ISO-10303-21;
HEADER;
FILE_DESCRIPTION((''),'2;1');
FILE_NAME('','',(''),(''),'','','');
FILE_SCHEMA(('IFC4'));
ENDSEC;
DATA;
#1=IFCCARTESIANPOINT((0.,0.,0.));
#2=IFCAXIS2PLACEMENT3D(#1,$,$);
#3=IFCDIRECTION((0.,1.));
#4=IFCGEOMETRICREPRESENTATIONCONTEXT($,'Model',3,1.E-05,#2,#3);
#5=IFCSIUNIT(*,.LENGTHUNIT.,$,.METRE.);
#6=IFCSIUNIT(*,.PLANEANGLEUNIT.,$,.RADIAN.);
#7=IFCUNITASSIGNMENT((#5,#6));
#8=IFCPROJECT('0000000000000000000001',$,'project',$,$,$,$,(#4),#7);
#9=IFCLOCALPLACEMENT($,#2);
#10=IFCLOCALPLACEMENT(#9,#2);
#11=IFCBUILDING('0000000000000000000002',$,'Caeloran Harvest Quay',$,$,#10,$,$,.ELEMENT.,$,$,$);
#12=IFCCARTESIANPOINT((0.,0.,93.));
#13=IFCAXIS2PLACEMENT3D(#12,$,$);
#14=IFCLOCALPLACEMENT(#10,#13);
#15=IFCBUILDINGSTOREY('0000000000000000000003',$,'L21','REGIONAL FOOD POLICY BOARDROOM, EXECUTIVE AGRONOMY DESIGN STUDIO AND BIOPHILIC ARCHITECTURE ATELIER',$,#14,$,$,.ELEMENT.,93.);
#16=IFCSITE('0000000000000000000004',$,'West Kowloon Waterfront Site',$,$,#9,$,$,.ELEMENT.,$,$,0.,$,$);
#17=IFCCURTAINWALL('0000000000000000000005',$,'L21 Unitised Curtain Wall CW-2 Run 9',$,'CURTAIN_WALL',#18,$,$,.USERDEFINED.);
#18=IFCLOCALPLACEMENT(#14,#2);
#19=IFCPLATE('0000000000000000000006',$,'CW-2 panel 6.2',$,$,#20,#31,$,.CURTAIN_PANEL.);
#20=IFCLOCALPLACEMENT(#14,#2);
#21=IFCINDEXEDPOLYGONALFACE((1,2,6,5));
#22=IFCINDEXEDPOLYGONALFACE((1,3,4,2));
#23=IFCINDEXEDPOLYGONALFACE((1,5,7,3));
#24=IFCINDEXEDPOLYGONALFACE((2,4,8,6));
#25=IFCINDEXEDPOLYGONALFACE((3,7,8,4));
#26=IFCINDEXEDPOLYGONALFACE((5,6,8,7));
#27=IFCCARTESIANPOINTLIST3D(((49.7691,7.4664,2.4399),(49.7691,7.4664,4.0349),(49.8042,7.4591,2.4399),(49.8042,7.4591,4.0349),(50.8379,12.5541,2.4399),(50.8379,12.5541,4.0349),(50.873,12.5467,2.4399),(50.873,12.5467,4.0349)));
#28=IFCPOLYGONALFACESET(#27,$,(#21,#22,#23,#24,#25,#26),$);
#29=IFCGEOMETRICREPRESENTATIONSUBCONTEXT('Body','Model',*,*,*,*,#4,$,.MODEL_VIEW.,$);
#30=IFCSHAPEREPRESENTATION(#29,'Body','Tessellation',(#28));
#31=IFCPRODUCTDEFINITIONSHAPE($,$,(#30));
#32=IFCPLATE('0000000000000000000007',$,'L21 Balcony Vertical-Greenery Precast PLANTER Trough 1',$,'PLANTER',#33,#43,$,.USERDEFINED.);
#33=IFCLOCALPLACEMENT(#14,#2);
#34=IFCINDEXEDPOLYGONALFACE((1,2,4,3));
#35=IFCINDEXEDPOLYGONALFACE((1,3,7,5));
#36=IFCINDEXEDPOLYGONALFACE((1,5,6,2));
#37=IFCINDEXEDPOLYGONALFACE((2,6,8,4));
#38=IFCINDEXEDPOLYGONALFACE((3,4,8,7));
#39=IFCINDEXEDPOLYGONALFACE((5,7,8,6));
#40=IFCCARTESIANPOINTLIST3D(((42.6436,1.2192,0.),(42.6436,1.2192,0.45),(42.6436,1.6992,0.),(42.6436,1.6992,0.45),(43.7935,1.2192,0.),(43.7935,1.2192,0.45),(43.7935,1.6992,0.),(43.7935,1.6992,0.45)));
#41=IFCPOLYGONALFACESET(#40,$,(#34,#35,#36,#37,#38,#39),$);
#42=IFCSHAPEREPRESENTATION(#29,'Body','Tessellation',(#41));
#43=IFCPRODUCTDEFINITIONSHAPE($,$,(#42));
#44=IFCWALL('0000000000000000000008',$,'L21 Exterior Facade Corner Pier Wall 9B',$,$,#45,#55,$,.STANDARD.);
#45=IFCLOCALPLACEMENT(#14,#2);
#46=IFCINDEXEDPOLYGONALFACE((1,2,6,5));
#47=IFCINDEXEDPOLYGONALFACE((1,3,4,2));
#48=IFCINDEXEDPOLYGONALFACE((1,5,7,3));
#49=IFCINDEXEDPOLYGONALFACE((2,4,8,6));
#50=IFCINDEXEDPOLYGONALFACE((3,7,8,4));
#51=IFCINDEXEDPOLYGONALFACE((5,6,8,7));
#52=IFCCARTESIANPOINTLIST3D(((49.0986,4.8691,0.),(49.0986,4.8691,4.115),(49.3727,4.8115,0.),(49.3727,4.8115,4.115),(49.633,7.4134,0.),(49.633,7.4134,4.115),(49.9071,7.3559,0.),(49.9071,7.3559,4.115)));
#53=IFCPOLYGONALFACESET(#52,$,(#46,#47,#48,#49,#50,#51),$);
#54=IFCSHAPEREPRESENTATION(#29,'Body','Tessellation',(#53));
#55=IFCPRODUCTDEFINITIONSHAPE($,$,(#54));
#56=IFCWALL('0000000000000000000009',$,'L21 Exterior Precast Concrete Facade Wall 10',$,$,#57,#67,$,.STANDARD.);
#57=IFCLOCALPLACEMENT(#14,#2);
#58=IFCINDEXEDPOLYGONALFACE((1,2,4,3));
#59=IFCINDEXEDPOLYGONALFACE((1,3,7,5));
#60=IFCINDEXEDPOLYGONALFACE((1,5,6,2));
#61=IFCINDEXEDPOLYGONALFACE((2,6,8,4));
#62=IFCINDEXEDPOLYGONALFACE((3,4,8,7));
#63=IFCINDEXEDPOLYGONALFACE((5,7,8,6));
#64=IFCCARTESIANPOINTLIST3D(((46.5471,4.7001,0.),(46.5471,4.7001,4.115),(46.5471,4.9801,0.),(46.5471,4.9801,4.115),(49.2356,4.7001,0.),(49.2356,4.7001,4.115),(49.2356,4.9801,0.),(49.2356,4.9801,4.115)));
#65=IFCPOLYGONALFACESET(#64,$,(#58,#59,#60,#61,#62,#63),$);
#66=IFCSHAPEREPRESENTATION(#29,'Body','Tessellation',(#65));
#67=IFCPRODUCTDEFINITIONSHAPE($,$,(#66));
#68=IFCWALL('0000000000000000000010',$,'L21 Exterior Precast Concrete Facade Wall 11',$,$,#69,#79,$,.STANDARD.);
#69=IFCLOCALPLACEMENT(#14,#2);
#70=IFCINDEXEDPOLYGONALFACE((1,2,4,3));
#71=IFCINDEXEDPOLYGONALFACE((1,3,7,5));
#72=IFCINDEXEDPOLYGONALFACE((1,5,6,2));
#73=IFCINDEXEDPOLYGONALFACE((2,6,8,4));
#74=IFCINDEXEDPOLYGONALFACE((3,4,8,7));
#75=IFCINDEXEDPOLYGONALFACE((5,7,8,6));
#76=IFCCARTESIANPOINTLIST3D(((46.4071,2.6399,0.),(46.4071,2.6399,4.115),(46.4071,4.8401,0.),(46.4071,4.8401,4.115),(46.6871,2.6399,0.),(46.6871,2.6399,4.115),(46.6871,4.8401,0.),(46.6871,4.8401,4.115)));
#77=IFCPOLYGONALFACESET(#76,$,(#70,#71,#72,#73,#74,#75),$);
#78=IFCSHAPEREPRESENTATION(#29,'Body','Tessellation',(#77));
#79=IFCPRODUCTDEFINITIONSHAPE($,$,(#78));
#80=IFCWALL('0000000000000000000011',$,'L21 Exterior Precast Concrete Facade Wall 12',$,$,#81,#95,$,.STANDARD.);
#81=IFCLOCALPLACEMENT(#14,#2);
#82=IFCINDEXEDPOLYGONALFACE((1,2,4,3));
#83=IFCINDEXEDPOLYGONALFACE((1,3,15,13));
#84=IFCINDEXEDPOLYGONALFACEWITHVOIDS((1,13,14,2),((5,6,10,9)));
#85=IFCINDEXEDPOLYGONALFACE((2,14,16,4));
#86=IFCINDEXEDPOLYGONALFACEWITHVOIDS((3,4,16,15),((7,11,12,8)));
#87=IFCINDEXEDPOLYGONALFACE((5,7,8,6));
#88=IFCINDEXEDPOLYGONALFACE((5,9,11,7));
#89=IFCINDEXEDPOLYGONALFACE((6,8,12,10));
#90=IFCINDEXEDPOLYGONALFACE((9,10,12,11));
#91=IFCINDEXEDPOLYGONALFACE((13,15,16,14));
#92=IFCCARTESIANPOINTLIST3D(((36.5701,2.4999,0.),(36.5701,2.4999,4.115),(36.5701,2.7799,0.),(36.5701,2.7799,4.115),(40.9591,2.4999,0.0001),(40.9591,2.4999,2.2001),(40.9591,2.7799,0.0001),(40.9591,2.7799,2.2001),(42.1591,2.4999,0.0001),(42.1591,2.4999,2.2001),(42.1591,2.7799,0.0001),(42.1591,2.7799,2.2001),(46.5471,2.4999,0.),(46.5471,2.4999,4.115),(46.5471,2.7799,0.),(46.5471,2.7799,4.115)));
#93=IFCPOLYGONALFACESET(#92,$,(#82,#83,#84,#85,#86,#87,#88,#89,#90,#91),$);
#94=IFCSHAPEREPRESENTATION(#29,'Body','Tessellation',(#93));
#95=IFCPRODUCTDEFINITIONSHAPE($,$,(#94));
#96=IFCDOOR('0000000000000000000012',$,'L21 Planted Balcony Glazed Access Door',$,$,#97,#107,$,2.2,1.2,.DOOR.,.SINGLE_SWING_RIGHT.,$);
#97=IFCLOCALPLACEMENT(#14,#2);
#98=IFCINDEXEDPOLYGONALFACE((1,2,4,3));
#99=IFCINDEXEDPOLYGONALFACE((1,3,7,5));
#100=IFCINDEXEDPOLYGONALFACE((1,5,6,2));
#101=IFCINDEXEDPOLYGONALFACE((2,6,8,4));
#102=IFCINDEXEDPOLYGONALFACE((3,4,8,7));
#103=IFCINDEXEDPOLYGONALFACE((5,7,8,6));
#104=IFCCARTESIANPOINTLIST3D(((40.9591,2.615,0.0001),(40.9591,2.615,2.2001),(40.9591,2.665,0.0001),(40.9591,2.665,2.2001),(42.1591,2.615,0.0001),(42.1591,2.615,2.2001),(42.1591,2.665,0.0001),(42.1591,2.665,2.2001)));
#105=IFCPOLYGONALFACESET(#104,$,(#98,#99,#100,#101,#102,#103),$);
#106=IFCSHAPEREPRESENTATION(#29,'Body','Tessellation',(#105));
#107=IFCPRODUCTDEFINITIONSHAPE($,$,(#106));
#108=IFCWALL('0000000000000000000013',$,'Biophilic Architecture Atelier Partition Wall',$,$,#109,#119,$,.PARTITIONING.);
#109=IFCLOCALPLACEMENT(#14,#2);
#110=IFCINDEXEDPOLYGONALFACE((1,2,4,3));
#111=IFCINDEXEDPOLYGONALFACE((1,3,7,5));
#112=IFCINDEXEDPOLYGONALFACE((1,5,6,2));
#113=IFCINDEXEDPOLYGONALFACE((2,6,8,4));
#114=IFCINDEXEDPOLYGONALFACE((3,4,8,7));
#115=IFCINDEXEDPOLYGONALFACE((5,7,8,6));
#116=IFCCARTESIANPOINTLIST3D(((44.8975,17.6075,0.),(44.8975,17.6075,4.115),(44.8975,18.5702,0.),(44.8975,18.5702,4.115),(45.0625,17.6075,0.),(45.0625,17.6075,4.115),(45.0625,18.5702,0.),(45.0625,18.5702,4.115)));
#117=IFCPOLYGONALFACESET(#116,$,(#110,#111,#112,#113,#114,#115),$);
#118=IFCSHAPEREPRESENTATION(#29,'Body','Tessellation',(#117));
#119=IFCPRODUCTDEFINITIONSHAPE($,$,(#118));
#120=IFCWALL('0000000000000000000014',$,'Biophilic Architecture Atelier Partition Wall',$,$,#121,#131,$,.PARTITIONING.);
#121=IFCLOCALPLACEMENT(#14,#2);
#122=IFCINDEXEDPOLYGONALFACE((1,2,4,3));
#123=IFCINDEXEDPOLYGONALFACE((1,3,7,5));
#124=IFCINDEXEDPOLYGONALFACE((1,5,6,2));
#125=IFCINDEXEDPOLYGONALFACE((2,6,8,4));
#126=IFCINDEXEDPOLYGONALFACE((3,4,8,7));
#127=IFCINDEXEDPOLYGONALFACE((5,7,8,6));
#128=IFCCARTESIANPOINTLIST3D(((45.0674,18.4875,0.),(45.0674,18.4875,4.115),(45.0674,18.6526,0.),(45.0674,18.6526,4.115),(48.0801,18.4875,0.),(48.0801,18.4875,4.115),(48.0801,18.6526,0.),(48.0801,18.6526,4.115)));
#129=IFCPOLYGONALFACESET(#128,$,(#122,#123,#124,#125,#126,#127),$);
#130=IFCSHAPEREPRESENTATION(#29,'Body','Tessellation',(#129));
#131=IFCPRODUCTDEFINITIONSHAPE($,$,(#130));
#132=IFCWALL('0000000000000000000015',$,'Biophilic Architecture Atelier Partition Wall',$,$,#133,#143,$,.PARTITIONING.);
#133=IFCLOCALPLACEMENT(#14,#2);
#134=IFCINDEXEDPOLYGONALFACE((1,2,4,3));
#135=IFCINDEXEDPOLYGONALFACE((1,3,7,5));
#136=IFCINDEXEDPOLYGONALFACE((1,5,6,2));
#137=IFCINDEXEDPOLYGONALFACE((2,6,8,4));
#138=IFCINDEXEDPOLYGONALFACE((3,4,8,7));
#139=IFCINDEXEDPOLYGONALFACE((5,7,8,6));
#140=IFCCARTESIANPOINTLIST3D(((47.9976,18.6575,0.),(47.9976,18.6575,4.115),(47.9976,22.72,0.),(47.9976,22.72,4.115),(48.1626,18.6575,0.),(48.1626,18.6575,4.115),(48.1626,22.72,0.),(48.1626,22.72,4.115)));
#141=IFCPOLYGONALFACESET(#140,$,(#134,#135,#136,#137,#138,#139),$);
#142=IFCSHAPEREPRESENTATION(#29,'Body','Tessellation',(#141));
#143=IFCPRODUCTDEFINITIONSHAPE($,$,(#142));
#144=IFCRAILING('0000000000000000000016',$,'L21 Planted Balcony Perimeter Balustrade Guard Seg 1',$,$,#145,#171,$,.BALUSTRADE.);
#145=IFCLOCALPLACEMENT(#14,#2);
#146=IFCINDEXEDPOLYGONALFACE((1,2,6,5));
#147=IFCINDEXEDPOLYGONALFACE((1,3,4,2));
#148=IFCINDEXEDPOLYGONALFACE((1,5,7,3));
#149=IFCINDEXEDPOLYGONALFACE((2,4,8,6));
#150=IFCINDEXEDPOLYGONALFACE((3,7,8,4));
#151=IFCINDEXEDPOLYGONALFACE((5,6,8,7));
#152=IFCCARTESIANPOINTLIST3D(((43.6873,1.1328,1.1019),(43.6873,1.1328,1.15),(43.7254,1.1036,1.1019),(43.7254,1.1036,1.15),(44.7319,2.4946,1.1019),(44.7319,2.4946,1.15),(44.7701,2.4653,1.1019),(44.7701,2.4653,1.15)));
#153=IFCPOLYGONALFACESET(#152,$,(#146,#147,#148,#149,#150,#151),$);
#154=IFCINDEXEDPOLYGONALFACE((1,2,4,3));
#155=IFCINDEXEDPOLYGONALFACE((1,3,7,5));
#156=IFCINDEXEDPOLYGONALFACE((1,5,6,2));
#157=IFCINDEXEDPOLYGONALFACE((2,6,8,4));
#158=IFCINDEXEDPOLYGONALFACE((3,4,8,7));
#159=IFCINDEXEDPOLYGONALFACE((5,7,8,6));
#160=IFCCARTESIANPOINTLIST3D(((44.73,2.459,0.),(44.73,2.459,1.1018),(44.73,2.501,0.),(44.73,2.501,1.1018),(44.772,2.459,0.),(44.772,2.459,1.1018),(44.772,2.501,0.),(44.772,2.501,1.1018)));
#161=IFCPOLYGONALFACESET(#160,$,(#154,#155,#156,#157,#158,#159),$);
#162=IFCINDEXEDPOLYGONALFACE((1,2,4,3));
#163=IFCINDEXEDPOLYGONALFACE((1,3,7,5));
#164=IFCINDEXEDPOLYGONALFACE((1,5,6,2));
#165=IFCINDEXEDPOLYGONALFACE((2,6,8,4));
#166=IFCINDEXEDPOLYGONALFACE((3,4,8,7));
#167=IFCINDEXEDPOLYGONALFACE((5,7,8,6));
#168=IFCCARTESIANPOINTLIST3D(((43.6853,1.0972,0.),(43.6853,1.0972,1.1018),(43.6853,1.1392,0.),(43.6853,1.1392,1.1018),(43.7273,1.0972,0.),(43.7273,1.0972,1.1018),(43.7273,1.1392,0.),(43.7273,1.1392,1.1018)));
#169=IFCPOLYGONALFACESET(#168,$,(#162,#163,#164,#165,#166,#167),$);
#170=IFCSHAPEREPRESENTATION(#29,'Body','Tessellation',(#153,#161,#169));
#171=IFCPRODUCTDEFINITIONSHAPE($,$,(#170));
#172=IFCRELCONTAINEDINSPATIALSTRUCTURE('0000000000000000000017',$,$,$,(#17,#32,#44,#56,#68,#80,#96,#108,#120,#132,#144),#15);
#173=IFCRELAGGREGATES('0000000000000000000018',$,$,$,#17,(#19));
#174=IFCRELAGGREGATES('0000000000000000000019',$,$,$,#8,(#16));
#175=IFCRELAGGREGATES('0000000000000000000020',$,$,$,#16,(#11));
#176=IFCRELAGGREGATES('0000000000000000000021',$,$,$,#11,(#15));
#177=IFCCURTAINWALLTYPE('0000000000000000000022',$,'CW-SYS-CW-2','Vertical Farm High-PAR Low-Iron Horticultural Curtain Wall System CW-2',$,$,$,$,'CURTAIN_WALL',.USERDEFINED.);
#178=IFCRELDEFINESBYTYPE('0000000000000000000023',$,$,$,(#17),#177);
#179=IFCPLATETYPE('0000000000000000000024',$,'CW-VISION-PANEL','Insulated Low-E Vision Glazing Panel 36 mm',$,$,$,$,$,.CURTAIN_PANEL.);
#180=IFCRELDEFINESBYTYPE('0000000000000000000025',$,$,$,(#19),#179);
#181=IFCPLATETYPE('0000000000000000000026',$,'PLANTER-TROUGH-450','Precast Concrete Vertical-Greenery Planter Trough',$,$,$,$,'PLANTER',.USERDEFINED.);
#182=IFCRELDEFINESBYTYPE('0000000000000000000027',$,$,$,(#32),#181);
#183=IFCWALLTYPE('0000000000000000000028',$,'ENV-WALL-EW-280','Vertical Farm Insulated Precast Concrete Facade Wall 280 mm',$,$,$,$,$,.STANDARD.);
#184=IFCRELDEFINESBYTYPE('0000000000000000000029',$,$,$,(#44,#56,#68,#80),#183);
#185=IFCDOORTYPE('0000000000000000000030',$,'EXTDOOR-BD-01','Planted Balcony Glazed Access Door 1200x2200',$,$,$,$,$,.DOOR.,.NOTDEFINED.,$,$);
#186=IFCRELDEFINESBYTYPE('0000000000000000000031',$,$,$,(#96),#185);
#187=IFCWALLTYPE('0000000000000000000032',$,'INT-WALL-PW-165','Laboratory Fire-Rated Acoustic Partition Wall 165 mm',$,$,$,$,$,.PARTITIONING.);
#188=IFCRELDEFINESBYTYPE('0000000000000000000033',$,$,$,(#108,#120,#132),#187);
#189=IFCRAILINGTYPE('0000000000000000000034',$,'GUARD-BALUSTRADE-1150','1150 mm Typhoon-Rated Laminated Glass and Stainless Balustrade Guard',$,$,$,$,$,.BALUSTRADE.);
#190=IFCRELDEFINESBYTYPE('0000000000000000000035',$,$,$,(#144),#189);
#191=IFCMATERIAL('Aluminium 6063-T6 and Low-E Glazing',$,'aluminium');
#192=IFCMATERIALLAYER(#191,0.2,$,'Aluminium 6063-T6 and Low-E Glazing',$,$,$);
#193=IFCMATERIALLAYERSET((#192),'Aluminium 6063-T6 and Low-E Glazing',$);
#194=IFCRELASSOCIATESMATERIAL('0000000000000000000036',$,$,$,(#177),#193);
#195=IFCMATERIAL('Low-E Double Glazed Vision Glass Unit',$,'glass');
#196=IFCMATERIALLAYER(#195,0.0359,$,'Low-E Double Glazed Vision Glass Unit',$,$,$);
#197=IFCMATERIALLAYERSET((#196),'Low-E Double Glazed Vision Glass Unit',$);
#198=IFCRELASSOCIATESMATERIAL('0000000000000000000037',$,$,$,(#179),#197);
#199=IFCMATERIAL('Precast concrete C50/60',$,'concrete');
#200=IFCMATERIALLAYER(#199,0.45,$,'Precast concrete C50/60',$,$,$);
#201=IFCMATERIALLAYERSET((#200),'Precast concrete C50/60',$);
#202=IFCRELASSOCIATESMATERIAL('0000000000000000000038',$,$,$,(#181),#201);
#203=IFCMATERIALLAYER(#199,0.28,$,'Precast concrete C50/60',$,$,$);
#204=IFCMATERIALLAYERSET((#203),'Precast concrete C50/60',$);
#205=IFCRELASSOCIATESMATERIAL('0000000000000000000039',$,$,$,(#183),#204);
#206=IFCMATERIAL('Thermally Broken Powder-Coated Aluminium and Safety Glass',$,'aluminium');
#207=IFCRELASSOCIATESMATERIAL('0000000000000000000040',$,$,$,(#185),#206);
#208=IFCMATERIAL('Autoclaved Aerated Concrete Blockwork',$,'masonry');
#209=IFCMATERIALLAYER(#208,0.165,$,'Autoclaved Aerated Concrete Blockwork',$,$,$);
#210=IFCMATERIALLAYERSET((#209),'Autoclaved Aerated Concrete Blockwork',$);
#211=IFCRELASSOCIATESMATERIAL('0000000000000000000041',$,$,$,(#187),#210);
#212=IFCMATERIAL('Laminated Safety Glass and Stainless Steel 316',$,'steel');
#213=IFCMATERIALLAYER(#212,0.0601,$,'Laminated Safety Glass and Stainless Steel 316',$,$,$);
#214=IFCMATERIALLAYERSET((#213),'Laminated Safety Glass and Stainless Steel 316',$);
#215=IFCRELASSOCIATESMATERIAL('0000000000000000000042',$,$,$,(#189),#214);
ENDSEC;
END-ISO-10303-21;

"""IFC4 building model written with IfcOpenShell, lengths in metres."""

from ifc_helpers import new_model, si_unit, direction, frame, frame_2d, origin, origin_2d, place, context, subcontext, project, spatial, rectangle, extrude, material, layer, layer_set, type_object, element, fill, aggregate, save


model = new_model("IFC4")

# Units and contexts
model_context = context("Model", 3, precision=1e-05, world=origin(), true_north=direction((0.0, 1.0)))
body_context = subcontext(model_context, "Body", "Model", "MODEL_VIEW")
ifc_project = project(units=[si_unit("LENGTHUNIT", "METRE"), si_unit("PLANEANGLEUNIT", "RADIAN")], contexts=[model_context])

# Site, building, storey
site_placement = place(None, origin())
site = spatial("IfcSite", under=ifc_project, at=site_placement, Name="West Kowloon Waterfront Site", CompositionType="ELEMENT", RefElevation=0.0)
building_placement = place(site_placement, origin())
building = spatial("IfcBuilding", under=site, at=building_placement, Name="Caeloran Harvest Quay", CompositionType="ELEMENT")
storey_placement = place(building_placement, frame((0.0, 0.0, 93.0)))
storey = spatial("IfcBuildingStorey", under=building, at=storey_placement, Name="L21", Description="REGIONAL FOOD POLICY BOARDROOM, EXECUTIVE AGRONOMY DESIGN STUDIO AND BIOPHILIC ARCHITECTURE ATELIER", CompositionType="ELEMENT", Elevation=93.0)

# Curtain wall, plate
ifc_material_1 = material(Name="Aluminium 6063-T6 and Low-E Glazing", Category="aluminium")
ifc_layer_1 = layer(ifc_material_1, 0.2, Name="Aluminium 6063-T6 and Low-E Glazing")
ifc_layer_set_1 = layer_set([ifc_layer_1], Name="Aluminium 6063-T6 and Low-E Glazing")
curtain_wall_type = type_object("IfcCurtainWallType", Name="CW-SYS-CW-2", Description="Vertical Farm High-PAR Low-Iron Horticultural Curtain Wall System CW-2", ElementType="CURTAIN_WALL", PredefinedType="USERDEFINED", material=ifc_layer_set_1)
curtain_wall_placement = place(storey_placement, origin())
curtain_wall = element("IfcCurtainWall", 1, at=curtain_wall_placement, inside=storey, type_object=curtain_wall_type, Name="L21 Unitised Curtain Wall CW-2 Run 9", ObjectType="CURTAIN_WALL", PredefinedType="USERDEFINED")
ifc_material_2 = material(Name="Low-E Double Glazed Vision Glass Unit", Category="glass")
ifc_layer_2 = layer(ifc_material_2, 0.0359, Name="Low-E Double Glazed Vision Glass Unit")
ifc_layer_set_2 = layer_set([ifc_layer_2], Name="Low-E Double Glazed Vision Glass Unit")
plate_type_1 = type_object("IfcPlateType", Name="CW-VISION-PANEL", Description="Insulated Low-E Vision Glazing Panel 36 mm", PredefinedType="CURTAIN_PANEL", material=ifc_layer_set_2)
plate_1_placement = place(storey_placement, frame((50.321, 10.0066, 2.4399), z_axis=(0.0, 0.0, 1.0), x_axis=(-0.205583, -0.97864, 0.0)))
plate_1 = element("IfcPlate", 2, at=plate_1_placement, type_object=plate_type_1, Name="CW-2 panel 6.2", PredefinedType="CURTAIN_PANEL", context=body_context, shape_type="SweptSolid", body=[
    extrude(rectangle(XDim=5.1987, YDim=0.0359, at=origin_2d()), origin(), (0.0, 0.0, 1.0), 1.595),
])
aggregate(curtain_wall, [plate_1])

# Plate
ifc_material_3 = material(Name="Precast concrete C50/60", Category="concrete")
ifc_layer_3 = layer(ifc_material_3, 0.45, Name="Precast concrete C50/60")
ifc_layer_set_3 = layer_set([ifc_layer_3], Name="Precast concrete C50/60")
plate_type_2 = type_object("IfcPlateType", Name="PLANTER-TROUGH-450", Description="Precast Concrete Vertical-Greenery Planter Trough", ElementType="PLANTER", PredefinedType="USERDEFINED", material=ifc_layer_set_3)
plate_2_placement = place(storey_placement, frame((43.2185, 1.4592, 0.0), z_axis=(0.0, 0.0, 1.0), x_axis=(1.0, 0.0, 0.0)))
element("IfcPlate", 3, at=plate_2_placement, inside=storey, type_object=plate_type_2, Name="L21 Balcony Vertical-Greenery Precast PLANTER Trough 1", ObjectType="PLANTER", PredefinedType="USERDEFINED", context=body_context, shape_type="SweptSolid", body=[
    extrude(rectangle(XDim=1.1499, YDim=0.48, at=origin_2d()), origin(), (0.0, 0.0, 1.0), 0.45),
])

# Walls
ifc_layer_4 = layer(ifc_material_3, 0.28, Name="Precast concrete C50/60")
ifc_layer_set_4 = layer_set([ifc_layer_4], Name="Precast concrete C50/60")
wall_type_1 = type_object("IfcWallType", Name="ENV-WALL-EW-280", Description="Vertical Farm Insulated Precast Concrete Facade Wall 280 mm", PredefinedType="STANDARD", material=ifc_layer_set_4)
wall_1_placement = place(storey_placement, frame((49.77, 7.3845, 0.0), z_axis=(0.0, 0.0, 1.0), x_axis=(-0.205551, -0.978646, 0.0)))
element("IfcWall", 4, at=wall_1_placement, inside=storey, type_object=wall_type_1, Name="L21 Exterior Facade Corner Pier Wall 9B", PredefinedType="STANDARD", context=body_context, shape_type="SweptSolid", body=[
    extrude(rectangle(XDim=2.5999, YDim=0.28, at=frame_2d((1.2998, 0.0))), origin(), (0.0, 0.0, 1.0), 4.115),
])
wall_2_placement = place(storey_placement, frame((49.2356, 4.8401, 0.0), z_axis=(0.0, 0.0, 1.0), x_axis=(-1.0, 0.0, 0.0)))
element("IfcWall", 5, at=wall_2_placement, inside=storey, type_object=wall_type_1, Name="L21 Exterior Precast Concrete Facade Wall 10", PredefinedType="STANDARD", context=body_context, shape_type="SweptSolid", body=[
    extrude(rectangle(XDim=2.6885, YDim=0.28, at=frame_2d((1.3442, 0.0))), origin(), (0.0, 0.0, 1.0), 4.115),
])
wall_3_placement = place(storey_placement, frame((46.5471, 4.8401, 0.0), z_axis=(0.0, 0.0, 1.0), x_axis=(0.0, -1.0, 0.0)))
element("IfcWall", 6, at=wall_3_placement, inside=storey, type_object=wall_type_1, Name="L21 Exterior Precast Concrete Facade Wall 11", PredefinedType="STANDARD", context=body_context, shape_type="SweptSolid", body=[
    extrude(rectangle(XDim=2.2002, YDim=0.28, at=frame_2d((1.1001, 0.0))), origin(), (0.0, 0.0, 1.0), 4.115),
])

# Wall, opening, door
wall_4_placement = place(storey_placement, frame((46.5471, 2.6399, 0.0), z_axis=(0.0, 0.0, 1.0), x_axis=(-1.0, 0.0, 0.0)))
wall_4 = element("IfcWall", 7, at=wall_4_placement, inside=storey, type_object=wall_type_1, Name="L21 Exterior Precast Concrete Facade Wall 12", PredefinedType="STANDARD", context=body_context, shape_type="SweptSolid", body=[
    extrude(rectangle(XDim=9.9771, YDim=0.28, at=frame_2d((4.9885, 0.0))), origin(), (0.0, 0.0, 1.0), 4.115),
])
opening_1_placement = place(wall_4_placement, frame((4.3879, 0.0, 0.0)))
opening_1 = element("IfcOpeningElement", 8, at=opening_1_placement, cuts=wall_4, PredefinedType="OPENING", context=body_context, shape_type="SweptSolid", body=[
    extrude(rectangle(XDim=1.2, YDim=2.2, at=frame_2d((0.6001, 1.1001))), frame((0.0, 0.1499, 0.0), z_axis=(0.0, -1.0, 0.0), x_axis=(1.0, 0.0, 0.0)), (0.0, 0.0, 1.0), 0.3),
])
ifc_material_4 = material(Name="Thermally Broken Powder-Coated Aluminium and Safety Glass", Category="aluminium")
door_type_1 = type_object("IfcDoorType", Name="EXTDOOR-BD-01", Description="Planted Balcony Glazed Access Door 1200x2200", OperationType="NOTDEFINED", PredefinedType="DOOR", material=ifc_material_4)
door_1_placement = place(opening_1_placement, origin())
door_1 = element("IfcDoor", 9, at=door_1_placement, inside=storey, type_object=door_type_1, Name="L21 Planted Balcony Glazed Access Door", OperationType="SINGLE_SWING_RIGHT", OverallHeight=2.2, OverallWidth=1.2, PredefinedType="DOOR", context=body_context, shape_type="SweptSolid", body=[
    extrude(rectangle(XDim=1.2, YDim=2.2, at=frame_2d((0.6001, 1.1001))), frame((0.0, 0.0249, 0.0), z_axis=(0.0, -1.0, 0.0), x_axis=(1.0, 0.0, 0.0)), (0.0, 0.0, 1.0), 0.05),
])
fill(opening_1, door_1)

# Walls
ifc_material_5 = material(Name="Autoclaved Aerated Concrete Blockwork", Category="masonry")
ifc_layer_5 = layer(ifc_material_5, 0.165, Name="Autoclaved Aerated Concrete Blockwork")
ifc_layer_set_5 = layer_set([ifc_layer_5], Name="Autoclaved Aerated Concrete Blockwork")
wall_type_2 = type_object("IfcWallType", Name="INT-WALL-PW-165", Description="Laboratory Fire-Rated Acoustic Partition Wall 165 mm", PredefinedType="PARTITIONING", material=ifc_layer_set_5)
wall_5_placement = place(storey_placement, frame((44.98, 17.6074, 0.0), z_axis=(0.0, 0.0, 1.0), x_axis=(0.0, 1.0, 0.0)))
element("IfcWall", 10, at=wall_5_placement, inside=storey, type_object=wall_type_2, Name="Biophilic Architecture Atelier Partition Wall", PredefinedType="PARTITIONING", context=body_context, shape_type="SweptSolid", body=[
    extrude(rectangle(XDim=0.9626, YDim=0.165, at=frame_2d((0.4814, 0.0))), origin(), (0.0, 0.0, 1.0), 4.115),
])
wall_6_placement = place(storey_placement, frame((45.0674, 18.5701, 0.0), z_axis=(0.0, 0.0, 1.0), x_axis=(1.0, 0.0, 0.0)))
element("IfcWall", 11, at=wall_6_placement, inside=storey, type_object=wall_type_2, Name="Biophilic Architecture Atelier Partition Wall", PredefinedType="PARTITIONING", context=body_context, shape_type="SweptSolid", body=[
    extrude(rectangle(XDim=3.0127, YDim=0.165, at=frame_2d((1.5063, 0.0))), origin(), (0.0, 0.0, 1.0), 4.115),
])
wall_7_placement = place(storey_placement, frame((48.0801, 18.6575, 0.0), z_axis=(0.0, 0.0, 1.0), x_axis=(0.0, 1.0, 0.0)))
element("IfcWall", 12, at=wall_7_placement, inside=storey, type_object=wall_type_2, Name="Biophilic Architecture Atelier Partition Wall", PredefinedType="PARTITIONING", context=body_context, shape_type="SweptSolid", body=[
    extrude(rectangle(XDim=4.0625, YDim=0.165, at=frame_2d((2.0312, 0.0))), origin(), (0.0, 0.0, 1.0), 4.115),
])

# Railing
ifc_material_6 = material(Name="Laminated Safety Glass and Stainless Steel 316", Category="steel")
ifc_layer_6 = layer(ifc_material_6, 0.0601, Name="Laminated Safety Glass and Stainless Steel 316")
ifc_layer_set_6 = layer_set([ifc_layer_6], Name="Laminated Safety Glass and Stainless Steel 316")
railing_type = type_object("IfcRailingType", Name="GUARD-BALUSTRADE-1150", Description="1150 mm Typhoon-Rated Laminated Glass and Stainless Balustrade Guard", PredefinedType="BALUSTRADE", material=ifc_layer_set_6)
railing_1_placement = place(storey_placement, frame((44.751, 2.48, 0.0)))
element("IfcRailing", 13, at=railing_1_placement, inside=storey, type_object=railing_type, Name="L21 Planted Balcony Perimeter Balustrade Guard Seg 1", PredefinedType="BALUSTRADE", context=body_context, shape_type="SweptSolid", body=[
    extrude(rectangle(XDim=0.0481, YDim=0.0481, at=origin_2d()), frame((0.0, 0.0, 1.126), z_axis=(-0.608658, -0.793432, 0.0), x_axis=(0.793432, -0.608658, 0.0)), (0.0, 0.0, 1.0), 1.7163),
    extrude(rectangle(XDim=0.042, YDim=0.042, at=origin_2d()), origin(), (0.0, 0.0, 1.0), 1.1018),
    extrude(rectangle(XDim=0.042, YDim=0.042, at=origin_2d()), frame((-1.0447, -1.3618, 0.0)), (0.0, 0.0, 1.0), 1.1018),
])

save(model, "model.ifc")
